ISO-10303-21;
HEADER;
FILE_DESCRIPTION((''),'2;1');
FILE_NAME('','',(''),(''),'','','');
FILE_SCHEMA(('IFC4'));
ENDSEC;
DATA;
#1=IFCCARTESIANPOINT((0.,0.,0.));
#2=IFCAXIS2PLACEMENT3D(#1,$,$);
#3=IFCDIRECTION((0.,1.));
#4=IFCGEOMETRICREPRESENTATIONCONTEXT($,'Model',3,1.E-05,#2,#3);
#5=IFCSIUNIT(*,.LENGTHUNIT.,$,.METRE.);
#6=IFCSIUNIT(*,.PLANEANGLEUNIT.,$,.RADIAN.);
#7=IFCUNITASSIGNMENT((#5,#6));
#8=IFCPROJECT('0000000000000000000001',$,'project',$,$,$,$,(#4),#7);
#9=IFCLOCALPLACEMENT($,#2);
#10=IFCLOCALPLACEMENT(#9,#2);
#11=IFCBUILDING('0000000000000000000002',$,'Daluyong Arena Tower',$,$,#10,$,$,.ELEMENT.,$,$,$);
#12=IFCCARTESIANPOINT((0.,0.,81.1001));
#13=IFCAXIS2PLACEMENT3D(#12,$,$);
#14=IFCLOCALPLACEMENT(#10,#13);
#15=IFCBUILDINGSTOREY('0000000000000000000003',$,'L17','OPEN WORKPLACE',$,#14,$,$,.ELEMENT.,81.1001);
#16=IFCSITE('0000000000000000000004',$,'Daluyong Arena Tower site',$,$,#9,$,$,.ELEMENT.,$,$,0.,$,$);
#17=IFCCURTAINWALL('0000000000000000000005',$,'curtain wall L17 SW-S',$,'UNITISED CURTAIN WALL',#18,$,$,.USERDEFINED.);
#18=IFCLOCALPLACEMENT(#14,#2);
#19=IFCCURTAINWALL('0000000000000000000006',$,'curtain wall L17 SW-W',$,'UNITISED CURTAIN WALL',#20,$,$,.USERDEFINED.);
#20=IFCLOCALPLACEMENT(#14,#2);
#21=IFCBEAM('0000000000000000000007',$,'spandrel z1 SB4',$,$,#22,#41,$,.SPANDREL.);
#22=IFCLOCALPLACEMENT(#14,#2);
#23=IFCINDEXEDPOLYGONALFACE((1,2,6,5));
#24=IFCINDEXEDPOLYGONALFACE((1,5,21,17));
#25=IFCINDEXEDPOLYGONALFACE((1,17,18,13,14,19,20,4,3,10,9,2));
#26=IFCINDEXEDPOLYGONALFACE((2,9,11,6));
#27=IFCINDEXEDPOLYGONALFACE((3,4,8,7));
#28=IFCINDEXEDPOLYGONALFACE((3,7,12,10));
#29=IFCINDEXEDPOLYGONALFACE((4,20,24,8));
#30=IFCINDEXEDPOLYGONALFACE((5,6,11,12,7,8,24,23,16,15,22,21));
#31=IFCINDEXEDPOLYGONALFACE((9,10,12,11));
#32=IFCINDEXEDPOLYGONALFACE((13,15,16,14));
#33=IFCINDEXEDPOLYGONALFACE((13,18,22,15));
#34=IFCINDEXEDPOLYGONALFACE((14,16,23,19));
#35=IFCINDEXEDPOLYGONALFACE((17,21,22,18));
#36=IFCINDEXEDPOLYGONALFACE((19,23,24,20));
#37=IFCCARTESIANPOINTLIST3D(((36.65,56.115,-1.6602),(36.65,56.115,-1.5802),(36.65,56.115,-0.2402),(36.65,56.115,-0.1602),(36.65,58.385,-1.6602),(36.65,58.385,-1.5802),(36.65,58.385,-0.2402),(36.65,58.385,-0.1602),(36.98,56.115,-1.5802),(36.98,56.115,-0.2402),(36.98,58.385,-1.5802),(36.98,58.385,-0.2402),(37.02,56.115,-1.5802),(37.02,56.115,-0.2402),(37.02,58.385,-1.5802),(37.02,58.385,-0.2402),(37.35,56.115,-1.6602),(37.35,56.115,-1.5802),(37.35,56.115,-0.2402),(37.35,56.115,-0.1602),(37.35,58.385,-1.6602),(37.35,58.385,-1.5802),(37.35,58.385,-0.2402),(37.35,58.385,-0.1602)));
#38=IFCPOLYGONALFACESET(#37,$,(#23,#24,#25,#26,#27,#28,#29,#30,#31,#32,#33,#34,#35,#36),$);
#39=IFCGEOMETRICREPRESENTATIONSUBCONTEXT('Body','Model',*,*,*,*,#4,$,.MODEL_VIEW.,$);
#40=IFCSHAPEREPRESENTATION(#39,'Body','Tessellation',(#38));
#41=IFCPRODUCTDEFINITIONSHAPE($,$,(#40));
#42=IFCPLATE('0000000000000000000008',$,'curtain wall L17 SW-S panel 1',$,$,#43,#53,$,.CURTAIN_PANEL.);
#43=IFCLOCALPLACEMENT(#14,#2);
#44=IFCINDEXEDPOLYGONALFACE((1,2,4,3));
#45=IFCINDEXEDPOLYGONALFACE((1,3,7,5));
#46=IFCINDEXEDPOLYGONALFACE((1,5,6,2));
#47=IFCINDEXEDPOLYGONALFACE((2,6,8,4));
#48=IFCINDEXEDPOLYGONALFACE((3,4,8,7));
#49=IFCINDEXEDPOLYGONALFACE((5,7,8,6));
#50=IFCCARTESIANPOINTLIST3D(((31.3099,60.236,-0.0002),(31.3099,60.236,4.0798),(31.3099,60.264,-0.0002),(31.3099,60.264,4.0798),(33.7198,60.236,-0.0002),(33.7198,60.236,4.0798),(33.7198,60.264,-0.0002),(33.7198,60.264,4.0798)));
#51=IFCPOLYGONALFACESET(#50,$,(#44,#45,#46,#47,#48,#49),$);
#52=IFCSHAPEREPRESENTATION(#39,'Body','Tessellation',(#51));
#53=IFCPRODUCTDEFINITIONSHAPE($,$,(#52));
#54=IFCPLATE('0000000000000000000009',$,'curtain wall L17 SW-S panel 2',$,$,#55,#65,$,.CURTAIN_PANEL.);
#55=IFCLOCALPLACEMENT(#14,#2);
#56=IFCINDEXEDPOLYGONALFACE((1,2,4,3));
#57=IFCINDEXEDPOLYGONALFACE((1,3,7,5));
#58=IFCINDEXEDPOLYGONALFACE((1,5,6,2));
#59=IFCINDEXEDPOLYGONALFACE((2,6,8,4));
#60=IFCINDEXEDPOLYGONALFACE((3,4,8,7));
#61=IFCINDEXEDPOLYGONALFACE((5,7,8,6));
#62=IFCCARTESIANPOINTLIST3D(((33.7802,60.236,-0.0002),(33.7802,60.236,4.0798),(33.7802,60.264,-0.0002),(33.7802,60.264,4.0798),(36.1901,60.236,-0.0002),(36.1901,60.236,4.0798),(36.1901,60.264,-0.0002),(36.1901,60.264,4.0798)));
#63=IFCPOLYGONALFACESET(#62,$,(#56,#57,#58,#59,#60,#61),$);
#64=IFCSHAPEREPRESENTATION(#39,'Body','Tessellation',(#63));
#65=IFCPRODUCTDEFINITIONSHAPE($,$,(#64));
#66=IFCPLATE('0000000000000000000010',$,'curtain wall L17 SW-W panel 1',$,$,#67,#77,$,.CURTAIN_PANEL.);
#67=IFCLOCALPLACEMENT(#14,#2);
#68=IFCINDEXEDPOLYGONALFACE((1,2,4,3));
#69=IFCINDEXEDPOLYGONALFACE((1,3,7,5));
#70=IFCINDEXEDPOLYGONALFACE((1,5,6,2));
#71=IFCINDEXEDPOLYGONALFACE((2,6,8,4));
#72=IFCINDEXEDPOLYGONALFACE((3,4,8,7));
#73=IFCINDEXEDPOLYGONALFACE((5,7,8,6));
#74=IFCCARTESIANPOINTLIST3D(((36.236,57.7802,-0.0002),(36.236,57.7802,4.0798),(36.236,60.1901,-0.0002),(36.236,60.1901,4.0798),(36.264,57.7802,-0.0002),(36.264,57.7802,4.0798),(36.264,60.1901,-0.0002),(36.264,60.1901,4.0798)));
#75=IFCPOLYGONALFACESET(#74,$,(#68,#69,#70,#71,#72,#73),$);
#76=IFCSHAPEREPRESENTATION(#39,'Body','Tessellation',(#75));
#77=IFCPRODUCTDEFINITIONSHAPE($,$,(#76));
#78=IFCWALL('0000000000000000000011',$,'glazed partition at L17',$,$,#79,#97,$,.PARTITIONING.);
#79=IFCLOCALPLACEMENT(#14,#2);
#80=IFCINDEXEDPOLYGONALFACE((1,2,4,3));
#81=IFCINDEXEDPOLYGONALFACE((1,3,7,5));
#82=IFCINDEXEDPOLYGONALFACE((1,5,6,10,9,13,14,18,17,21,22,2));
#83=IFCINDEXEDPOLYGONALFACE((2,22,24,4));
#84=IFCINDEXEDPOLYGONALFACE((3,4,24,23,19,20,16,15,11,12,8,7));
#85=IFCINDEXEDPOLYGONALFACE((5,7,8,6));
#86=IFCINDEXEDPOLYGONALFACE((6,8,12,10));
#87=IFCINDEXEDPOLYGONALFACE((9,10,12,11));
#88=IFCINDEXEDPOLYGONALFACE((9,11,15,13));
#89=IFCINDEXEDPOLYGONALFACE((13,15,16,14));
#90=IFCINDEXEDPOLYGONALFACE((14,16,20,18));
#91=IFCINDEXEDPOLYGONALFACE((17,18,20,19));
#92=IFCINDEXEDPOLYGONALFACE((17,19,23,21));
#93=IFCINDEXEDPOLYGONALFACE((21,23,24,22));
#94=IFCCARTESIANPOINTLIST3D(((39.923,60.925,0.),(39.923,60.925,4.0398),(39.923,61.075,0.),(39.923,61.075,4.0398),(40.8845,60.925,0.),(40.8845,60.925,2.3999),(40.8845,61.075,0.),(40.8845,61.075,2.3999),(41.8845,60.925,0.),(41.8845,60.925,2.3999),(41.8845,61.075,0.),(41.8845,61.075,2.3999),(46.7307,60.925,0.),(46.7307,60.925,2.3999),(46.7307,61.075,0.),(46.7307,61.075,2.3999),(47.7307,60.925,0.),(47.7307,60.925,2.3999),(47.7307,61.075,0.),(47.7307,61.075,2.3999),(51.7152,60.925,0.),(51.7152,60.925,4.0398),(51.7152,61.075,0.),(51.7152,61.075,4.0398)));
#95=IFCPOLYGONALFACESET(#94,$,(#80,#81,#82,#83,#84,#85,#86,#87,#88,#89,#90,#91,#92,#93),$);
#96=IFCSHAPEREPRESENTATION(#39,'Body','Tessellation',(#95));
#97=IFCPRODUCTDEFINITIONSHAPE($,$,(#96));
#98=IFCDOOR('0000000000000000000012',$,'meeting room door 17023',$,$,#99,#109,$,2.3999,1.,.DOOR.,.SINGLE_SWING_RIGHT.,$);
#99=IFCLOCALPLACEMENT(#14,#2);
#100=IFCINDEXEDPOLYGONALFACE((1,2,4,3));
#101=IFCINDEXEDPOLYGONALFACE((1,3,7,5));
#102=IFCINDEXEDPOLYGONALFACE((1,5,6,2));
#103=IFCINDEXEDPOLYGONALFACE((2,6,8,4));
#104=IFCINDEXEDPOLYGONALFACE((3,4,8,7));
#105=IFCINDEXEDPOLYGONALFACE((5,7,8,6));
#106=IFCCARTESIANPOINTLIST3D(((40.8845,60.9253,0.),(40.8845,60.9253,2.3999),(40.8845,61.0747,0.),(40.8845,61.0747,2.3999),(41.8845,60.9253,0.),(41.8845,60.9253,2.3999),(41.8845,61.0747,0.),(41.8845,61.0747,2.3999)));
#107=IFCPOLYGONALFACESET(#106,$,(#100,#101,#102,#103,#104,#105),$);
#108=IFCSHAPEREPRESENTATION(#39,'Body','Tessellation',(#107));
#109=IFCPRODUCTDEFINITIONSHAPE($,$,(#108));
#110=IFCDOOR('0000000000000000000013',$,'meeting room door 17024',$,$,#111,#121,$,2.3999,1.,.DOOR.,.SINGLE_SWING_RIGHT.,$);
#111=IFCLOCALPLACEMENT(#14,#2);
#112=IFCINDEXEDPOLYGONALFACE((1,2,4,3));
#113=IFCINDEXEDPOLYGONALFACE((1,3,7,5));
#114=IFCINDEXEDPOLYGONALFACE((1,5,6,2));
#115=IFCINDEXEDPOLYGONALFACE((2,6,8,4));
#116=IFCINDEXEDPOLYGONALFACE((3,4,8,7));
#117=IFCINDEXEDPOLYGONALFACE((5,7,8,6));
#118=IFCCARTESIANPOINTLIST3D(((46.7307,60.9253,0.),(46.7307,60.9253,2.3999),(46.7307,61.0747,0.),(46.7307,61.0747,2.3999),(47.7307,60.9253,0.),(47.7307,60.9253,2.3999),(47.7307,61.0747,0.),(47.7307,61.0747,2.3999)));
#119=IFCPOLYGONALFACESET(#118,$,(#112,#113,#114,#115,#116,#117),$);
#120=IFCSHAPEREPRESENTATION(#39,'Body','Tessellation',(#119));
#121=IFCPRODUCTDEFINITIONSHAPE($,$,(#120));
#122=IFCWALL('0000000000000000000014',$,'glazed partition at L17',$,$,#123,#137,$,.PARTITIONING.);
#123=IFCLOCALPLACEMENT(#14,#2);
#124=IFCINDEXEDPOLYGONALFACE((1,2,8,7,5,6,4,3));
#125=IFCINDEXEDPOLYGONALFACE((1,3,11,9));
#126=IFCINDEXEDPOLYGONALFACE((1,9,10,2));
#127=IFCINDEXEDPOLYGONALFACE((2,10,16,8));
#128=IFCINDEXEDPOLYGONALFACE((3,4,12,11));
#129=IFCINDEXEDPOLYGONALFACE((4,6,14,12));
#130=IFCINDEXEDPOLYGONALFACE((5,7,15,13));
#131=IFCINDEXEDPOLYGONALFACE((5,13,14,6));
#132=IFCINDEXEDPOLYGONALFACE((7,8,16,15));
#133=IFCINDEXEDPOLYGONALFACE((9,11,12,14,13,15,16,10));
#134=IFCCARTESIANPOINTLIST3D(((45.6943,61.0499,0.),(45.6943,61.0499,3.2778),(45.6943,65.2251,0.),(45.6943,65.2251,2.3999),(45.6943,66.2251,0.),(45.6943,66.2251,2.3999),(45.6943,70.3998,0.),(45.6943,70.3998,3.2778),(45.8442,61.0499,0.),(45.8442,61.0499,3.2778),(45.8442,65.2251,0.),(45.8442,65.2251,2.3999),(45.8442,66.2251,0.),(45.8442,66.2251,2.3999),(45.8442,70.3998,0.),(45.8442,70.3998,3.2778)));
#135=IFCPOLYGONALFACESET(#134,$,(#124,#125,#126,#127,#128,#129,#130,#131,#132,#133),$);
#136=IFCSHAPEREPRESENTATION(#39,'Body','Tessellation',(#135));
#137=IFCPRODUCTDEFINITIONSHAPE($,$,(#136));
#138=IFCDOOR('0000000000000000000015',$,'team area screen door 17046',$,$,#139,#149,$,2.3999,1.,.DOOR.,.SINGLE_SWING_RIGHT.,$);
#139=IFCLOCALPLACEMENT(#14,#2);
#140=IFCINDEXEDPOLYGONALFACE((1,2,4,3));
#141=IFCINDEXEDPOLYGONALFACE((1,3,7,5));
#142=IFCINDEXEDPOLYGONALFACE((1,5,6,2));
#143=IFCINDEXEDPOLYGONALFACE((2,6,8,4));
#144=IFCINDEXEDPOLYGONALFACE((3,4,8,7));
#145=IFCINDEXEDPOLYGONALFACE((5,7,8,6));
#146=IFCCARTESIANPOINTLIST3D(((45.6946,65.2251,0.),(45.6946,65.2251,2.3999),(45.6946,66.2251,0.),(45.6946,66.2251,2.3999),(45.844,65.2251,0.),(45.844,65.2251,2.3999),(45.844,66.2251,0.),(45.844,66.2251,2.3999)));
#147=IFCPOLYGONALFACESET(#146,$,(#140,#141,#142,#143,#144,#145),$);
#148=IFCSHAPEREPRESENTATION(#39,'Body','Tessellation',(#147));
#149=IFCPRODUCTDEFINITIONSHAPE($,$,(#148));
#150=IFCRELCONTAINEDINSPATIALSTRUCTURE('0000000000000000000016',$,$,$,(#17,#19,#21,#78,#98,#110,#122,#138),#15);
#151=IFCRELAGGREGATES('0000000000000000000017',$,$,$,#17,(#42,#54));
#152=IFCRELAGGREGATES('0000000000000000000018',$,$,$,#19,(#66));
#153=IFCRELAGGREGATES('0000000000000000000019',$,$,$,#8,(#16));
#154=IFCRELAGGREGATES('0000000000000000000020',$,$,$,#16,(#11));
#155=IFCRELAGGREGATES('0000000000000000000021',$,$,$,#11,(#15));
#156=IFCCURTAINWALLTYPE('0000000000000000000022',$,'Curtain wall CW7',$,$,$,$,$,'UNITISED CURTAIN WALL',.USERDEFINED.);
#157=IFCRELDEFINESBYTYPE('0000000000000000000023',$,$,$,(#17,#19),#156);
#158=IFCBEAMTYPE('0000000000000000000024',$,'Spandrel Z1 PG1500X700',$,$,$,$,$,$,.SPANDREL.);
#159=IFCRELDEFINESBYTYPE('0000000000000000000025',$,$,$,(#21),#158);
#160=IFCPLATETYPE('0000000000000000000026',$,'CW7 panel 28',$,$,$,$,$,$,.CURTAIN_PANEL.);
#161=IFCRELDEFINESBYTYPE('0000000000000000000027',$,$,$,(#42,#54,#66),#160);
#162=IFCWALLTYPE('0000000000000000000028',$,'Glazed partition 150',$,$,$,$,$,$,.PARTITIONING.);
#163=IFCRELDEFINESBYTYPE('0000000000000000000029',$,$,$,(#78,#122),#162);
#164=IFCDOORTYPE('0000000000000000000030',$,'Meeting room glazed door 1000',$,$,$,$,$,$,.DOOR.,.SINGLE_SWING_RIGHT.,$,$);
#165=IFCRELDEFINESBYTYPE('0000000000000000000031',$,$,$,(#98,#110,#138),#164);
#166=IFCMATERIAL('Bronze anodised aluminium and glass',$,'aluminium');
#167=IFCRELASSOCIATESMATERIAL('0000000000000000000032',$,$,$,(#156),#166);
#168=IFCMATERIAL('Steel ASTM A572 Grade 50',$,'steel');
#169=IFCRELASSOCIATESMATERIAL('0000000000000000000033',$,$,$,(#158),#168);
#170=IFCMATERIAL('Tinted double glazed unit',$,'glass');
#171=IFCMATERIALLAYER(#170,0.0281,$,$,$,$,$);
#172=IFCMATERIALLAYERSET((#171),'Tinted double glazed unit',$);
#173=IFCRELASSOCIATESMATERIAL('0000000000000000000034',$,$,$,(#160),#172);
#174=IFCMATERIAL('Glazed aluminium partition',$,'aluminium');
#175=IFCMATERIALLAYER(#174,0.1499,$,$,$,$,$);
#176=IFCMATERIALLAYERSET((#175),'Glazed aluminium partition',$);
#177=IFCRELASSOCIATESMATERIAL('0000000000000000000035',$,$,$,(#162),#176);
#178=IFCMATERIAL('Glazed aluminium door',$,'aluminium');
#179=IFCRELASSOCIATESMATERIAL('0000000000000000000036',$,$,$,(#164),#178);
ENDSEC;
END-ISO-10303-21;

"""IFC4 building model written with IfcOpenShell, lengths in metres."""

from ifc_helpers import new_model, si_unit, direction, frame, frame_2d, origin, origin_2d, place, context, subcontext, project, spatial, rectangle, i_section, extrude, material, layer, layer_set, material_profile, profile_set, type_object, element, fill, aggregate, save


model = new_model("IFC4")

# Units and contexts
model_context = context("Model", 3, precision=1e-05, world=origin(), true_north=direction((0.0, 1.0)))
body_context = subcontext(model_context, "Body", "Model", "MODEL_VIEW")
ifc_project = project(units=[si_unit("LENGTHUNIT", "METRE"), si_unit("PLANEANGLEUNIT", "RADIAN")], contexts=[model_context])

# Site, building, storey
site_placement = place(None, origin())
site = spatial("IfcSite", under=ifc_project, at=site_placement, Name="Daluyong Arena Tower site", CompositionType="ELEMENT", RefElevation=0.0)
building_placement = place(site_placement, origin())
building = spatial("IfcBuilding", under=site, at=building_placement, Name="Daluyong Arena Tower", CompositionType="ELEMENT")
storey_placement = place(building_placement, frame((0.0, 0.0, 81.1001)))
storey = spatial("IfcBuildingStorey", under=building, at=storey_placement, Name="L17", Description="OPEN WORKPLACE", CompositionType="ELEMENT", Elevation=81.1001)

# Curtain wall
ifc_material_1 = material(Name="Bronze anodised aluminium and glass", Category="aluminium")
curtain_wall_type = type_object("IfcCurtainWallType", Name="Curtain wall CW7", ElementType="UNITISED CURTAIN WALL", PredefinedType="USERDEFINED", material=ifc_material_1)
curtain_wall_1_placement = place(storey_placement, origin())
curtain_wall_1 = element("IfcCurtainWall", 1, at=curtain_wall_1_placement, inside=storey, type_object=curtain_wall_type, Name="curtain wall L17 SW-S", ObjectType="UNITISED CURTAIN WALL", PredefinedType="USERDEFINED")

# Curtain wall
curtain_wall_2_placement = place(storey_placement, origin())
curtain_wall_2 = element("IfcCurtainWall", 2, at=curtain_wall_2_placement, inside=storey, type_object=curtain_wall_type, Name="curtain wall L17 SW-W", ObjectType="UNITISED CURTAIN WALL", PredefinedType="USERDEFINED")

# Beam
ifc_material_2 = material(Name="Steel ASTM A572 Grade 50", Category="steel")
ifc_material_profile_1 = material_profile(ifc_material_2, i_section(OverallWidth=0.7, OverallDepth=1.5, WebThickness=0.04, FlangeThickness=0.08, at=origin_2d()))
ifc_profile_set_1 = profile_set([ifc_material_profile_1], Name="Steel ASTM A572 Grade 50")
beam_type_1 = type_object("IfcBeamType", Name="Spandrel Z1 PG1500X700", PredefinedType="SPANDREL", material=ifc_profile_set_1)
for number, where, z_axis, x_axis, name in (
    (3, (37.0, 58.385, -0.9102), (0.0, -1.0, 0.0), (1.0, 0.0, 0.0), "spandrel z1 SB4"),
):
    element("IfcBeam", number, at=place(storey_placement, frame(where, z_axis=z_axis, x_axis=x_axis)), inside=storey, type_object=beam_type_1, Name=name, PredefinedType="SPANDREL", context=body_context, shape_type="SweptSolid", body=[
        extrude(i_section(OverallWidth=0.7, OverallDepth=1.5, WebThickness=0.04, FlangeThickness=0.08, at=origin_2d()), origin(), (0.0, 0.0, 1.0), 2.27),
    ])

# Plates
ifc_material_3 = material(Name="Tinted double glazed unit", Category="glass")
ifc_layer_1 = layer(ifc_material_3, 0.0281)
ifc_layer_set_1 = layer_set([ifc_layer_1], Name="Tinted double glazed unit")
plate_type = type_object("IfcPlateType", Name="CW7 panel 28", PredefinedType="CURTAIN_PANEL", material=ifc_layer_set_1)
plate_1_placement = place(storey_placement, frame((32.5149, 60.25, -0.0002), z_axis=(0.0, 0.0, 1.0), x_axis=(1.0, 0.0, 0.0)))
plate_1 = element("IfcPlate", 4, at=plate_1_placement, type_object=plate_type, Name="curtain wall L17 SW-S panel 1", PredefinedType="CURTAIN_PANEL", context=body_context, shape_type="SweptSolid", body=[
    extrude(rectangle(XDim=2.4099, YDim=0.0281, at=origin_2d()), origin(), (0.0, 0.0, 1.0), 4.0801),
])
plate_2_placement = place(storey_placement, frame((34.9851, 60.25, -0.0002), z_axis=(0.0, 0.0, 1.0), x_axis=(1.0, 0.0, 0.0)))
plate_2 = element("IfcPlate", 5, at=plate_2_placement, type_object=plate_type, Name="curtain wall L17 SW-S panel 2", PredefinedType="CURTAIN_PANEL", context=body_context, shape_type="SweptSolid", body=[
    extrude(rectangle(XDim=2.4099, YDim=0.0281, at=origin_2d()), origin(), (0.0, 0.0, 1.0), 4.0801),
])
aggregate(curtain_wall_1, [plate_1, plate_2])
plate_3_placement = place(storey_placement, frame((36.25, 58.9851, -0.0002), z_axis=(0.0, 0.0, 1.0), x_axis=(0.0, -1.0, 0.0)))
plate_3 = element("IfcPlate", 6, at=plate_3_placement, type_object=plate_type, Name="curtain wall L17 SW-W panel 1", PredefinedType="CURTAIN_PANEL", context=body_context, shape_type="SweptSolid", body=[
    extrude(rectangle(XDim=2.4099, YDim=0.0281, at=origin_2d()), origin(), (0.0, 0.0, 1.0), 4.0801),
])
aggregate(curtain_wall_2, [plate_3])

# Wall, openings, doors
ifc_material_4 = material(Name="Glazed aluminium partition", Category="aluminium")
ifc_layer_2 = layer(ifc_material_4, 0.1499)
ifc_layer_set_2 = layer_set([ifc_layer_2], Name="Glazed aluminium partition")
wall_type_1 = type_object("IfcWallType", Name="Glazed partition 150", PredefinedType="PARTITIONING", material=ifc_layer_set_2)
wall_1_placement = place(storey_placement, frame((39.9231, 61.0, 0.0), z_axis=(0.0, 0.0, 1.0), x_axis=(1.0, 0.0, 0.0)))
wall_1 = element("IfcWall", 7, at=wall_1_placement, inside=storey, type_object=wall_type_1, Name="glazed partition at L17", PredefinedType="PARTITIONING", context=body_context, shape_type="SweptSolid", body=[
    extrude(rectangle(XDim=11.7922, YDim=0.1499, at=frame_2d((5.896, 0.0))), origin(), (0.0, 0.0, 1.0), 4.0398),
])
opening_1_placement = place(wall_1_placement, frame((0.9614, 0.0, 0.0)))
opening_1 = element("IfcOpeningElement", 8, at=opening_1_placement, cuts=wall_1, PredefinedType="OPENING", context=body_context, shape_type="SweptSolid", body=[
    extrude(rectangle(XDim=1.0, YDim=2.3999, at=frame_2d((0.5, 1.2))), frame((0.0, 0.085, 0.0), z_axis=(0.0, -1.0, 0.0), x_axis=(1.0, 0.0, 0.0)), (0.0, 0.0, 1.0), 0.1699),
])
opening_2_placement = place(wall_1_placement, frame((6.8076, 0.0, 0.0)))
opening_2 = element("IfcOpeningElement", 9, at=opening_2_placement, cuts=wall_1, PredefinedType="OPENING", context=body_context, shape_type="SweptSolid", body=[
    extrude(rectangle(XDim=1.0, YDim=2.3999, at=frame_2d((0.5, 1.2))), frame((0.0, 0.085, 0.0), z_axis=(0.0, -1.0, 0.0), x_axis=(1.0, 0.0, 0.0)), (0.0, 0.0, 1.0), 0.1699),
])
ifc_material_5 = material(Name="Glazed aluminium door", Category="aluminium")
door_type_1 = type_object("IfcDoorType", Name="Meeting room glazed door 1000", OperationType="SINGLE_SWING_RIGHT", PredefinedType="DOOR", material=ifc_material_5)
door_1_placement = place(opening_1_placement, origin())
door_1 = element("IfcDoor", 10, at=door_1_placement, inside=storey, type_object=door_type_1, Name="meeting room door 17023", OperationType="SINGLE_SWING_RIGHT", OverallHeight=2.3999, OverallWidth=1.0, PredefinedType="DOOR", context=body_context, shape_type="SweptSolid", body=[
    extrude(rectangle(XDim=1.0, YDim=2.3999, at=frame_2d((0.5, 1.2))), frame((0.0, 0.0747, 0.0), z_axis=(0.0, -1.0, 0.0), x_axis=(1.0, 0.0, 0.0)), (0.0, 0.0, 1.0), 0.1494),
])
fill(opening_1, door_1)
door_2_placement = place(opening_2_placement, origin())
door_2 = element("IfcDoor", 11, at=door_2_placement, inside=storey, type_object=door_type_1, Name="meeting room door 17024", OperationType="SINGLE_SWING_RIGHT", OverallHeight=2.3999, OverallWidth=1.0, PredefinedType="DOOR", context=body_context, shape_type="SweptSolid", body=[
    extrude(rectangle(XDim=1.0, YDim=2.3999, at=frame_2d((0.5, 1.2))), frame((0.0, 0.0747, 0.0), z_axis=(0.0, -1.0, 0.0), x_axis=(1.0, 0.0, 0.0)), (0.0, 0.0, 1.0), 0.1494),
])
fill(opening_2, door_2)

# Wall, opening, door
wall_2_placement = place(storey_placement, frame((45.7693, 61.05, 0.0), z_axis=(0.0, 0.0, 1.0), x_axis=(0.0, 1.0, 0.0)))
wall_2 = element("IfcWall", 12, at=wall_2_placement, inside=storey, type_object=wall_type_1, Name="glazed partition at L17", PredefinedType="PARTITIONING", context=body_context, shape_type="SweptSolid", body=[
    extrude(rectangle(XDim=9.3499, YDim=0.1499, at=frame_2d((4.6748, 0.0))), origin(), (0.0, 0.0, 1.0), 3.2778),
])
opening_3_placement = place(wall_2_placement, frame((4.175, 0.0, 0.0)))
opening_3 = element("IfcOpeningElement", 13, at=opening_3_placement, cuts=wall_2, PredefinedType="OPENING", context=body_context, shape_type="SweptSolid", body=[
    extrude(rectangle(XDim=1.0, YDim=2.3999, at=frame_2d((0.5, 1.2))), frame((0.0, 0.085, 0.0), z_axis=(0.0, -1.0, 0.0), x_axis=(1.0, 0.0, 0.0)), (0.0, 0.0, 1.0), 0.1699),
])
door_3_placement = place(opening_3_placement, origin())
door_3 = element("IfcDoor", 14, at=door_3_placement, inside=storey, type_object=door_type_1, Name="team area screen door 17046", OperationType="SINGLE_SWING_RIGHT", OverallHeight=2.3999, OverallWidth=1.0, PredefinedType="DOOR", context=body_context, shape_type="SweptSolid", body=[
    extrude(rectangle(XDim=1.0, YDim=2.3999, at=frame_2d((0.5, 1.2))), frame((0.0, 0.0747, 0.0), z_axis=(0.0, -1.0, 0.0), x_axis=(1.0, 0.0, 0.0)), (0.0, 0.0, 1.0), 0.1494),
])
fill(opening_3, door_3)

save(model, "model.ifc")
